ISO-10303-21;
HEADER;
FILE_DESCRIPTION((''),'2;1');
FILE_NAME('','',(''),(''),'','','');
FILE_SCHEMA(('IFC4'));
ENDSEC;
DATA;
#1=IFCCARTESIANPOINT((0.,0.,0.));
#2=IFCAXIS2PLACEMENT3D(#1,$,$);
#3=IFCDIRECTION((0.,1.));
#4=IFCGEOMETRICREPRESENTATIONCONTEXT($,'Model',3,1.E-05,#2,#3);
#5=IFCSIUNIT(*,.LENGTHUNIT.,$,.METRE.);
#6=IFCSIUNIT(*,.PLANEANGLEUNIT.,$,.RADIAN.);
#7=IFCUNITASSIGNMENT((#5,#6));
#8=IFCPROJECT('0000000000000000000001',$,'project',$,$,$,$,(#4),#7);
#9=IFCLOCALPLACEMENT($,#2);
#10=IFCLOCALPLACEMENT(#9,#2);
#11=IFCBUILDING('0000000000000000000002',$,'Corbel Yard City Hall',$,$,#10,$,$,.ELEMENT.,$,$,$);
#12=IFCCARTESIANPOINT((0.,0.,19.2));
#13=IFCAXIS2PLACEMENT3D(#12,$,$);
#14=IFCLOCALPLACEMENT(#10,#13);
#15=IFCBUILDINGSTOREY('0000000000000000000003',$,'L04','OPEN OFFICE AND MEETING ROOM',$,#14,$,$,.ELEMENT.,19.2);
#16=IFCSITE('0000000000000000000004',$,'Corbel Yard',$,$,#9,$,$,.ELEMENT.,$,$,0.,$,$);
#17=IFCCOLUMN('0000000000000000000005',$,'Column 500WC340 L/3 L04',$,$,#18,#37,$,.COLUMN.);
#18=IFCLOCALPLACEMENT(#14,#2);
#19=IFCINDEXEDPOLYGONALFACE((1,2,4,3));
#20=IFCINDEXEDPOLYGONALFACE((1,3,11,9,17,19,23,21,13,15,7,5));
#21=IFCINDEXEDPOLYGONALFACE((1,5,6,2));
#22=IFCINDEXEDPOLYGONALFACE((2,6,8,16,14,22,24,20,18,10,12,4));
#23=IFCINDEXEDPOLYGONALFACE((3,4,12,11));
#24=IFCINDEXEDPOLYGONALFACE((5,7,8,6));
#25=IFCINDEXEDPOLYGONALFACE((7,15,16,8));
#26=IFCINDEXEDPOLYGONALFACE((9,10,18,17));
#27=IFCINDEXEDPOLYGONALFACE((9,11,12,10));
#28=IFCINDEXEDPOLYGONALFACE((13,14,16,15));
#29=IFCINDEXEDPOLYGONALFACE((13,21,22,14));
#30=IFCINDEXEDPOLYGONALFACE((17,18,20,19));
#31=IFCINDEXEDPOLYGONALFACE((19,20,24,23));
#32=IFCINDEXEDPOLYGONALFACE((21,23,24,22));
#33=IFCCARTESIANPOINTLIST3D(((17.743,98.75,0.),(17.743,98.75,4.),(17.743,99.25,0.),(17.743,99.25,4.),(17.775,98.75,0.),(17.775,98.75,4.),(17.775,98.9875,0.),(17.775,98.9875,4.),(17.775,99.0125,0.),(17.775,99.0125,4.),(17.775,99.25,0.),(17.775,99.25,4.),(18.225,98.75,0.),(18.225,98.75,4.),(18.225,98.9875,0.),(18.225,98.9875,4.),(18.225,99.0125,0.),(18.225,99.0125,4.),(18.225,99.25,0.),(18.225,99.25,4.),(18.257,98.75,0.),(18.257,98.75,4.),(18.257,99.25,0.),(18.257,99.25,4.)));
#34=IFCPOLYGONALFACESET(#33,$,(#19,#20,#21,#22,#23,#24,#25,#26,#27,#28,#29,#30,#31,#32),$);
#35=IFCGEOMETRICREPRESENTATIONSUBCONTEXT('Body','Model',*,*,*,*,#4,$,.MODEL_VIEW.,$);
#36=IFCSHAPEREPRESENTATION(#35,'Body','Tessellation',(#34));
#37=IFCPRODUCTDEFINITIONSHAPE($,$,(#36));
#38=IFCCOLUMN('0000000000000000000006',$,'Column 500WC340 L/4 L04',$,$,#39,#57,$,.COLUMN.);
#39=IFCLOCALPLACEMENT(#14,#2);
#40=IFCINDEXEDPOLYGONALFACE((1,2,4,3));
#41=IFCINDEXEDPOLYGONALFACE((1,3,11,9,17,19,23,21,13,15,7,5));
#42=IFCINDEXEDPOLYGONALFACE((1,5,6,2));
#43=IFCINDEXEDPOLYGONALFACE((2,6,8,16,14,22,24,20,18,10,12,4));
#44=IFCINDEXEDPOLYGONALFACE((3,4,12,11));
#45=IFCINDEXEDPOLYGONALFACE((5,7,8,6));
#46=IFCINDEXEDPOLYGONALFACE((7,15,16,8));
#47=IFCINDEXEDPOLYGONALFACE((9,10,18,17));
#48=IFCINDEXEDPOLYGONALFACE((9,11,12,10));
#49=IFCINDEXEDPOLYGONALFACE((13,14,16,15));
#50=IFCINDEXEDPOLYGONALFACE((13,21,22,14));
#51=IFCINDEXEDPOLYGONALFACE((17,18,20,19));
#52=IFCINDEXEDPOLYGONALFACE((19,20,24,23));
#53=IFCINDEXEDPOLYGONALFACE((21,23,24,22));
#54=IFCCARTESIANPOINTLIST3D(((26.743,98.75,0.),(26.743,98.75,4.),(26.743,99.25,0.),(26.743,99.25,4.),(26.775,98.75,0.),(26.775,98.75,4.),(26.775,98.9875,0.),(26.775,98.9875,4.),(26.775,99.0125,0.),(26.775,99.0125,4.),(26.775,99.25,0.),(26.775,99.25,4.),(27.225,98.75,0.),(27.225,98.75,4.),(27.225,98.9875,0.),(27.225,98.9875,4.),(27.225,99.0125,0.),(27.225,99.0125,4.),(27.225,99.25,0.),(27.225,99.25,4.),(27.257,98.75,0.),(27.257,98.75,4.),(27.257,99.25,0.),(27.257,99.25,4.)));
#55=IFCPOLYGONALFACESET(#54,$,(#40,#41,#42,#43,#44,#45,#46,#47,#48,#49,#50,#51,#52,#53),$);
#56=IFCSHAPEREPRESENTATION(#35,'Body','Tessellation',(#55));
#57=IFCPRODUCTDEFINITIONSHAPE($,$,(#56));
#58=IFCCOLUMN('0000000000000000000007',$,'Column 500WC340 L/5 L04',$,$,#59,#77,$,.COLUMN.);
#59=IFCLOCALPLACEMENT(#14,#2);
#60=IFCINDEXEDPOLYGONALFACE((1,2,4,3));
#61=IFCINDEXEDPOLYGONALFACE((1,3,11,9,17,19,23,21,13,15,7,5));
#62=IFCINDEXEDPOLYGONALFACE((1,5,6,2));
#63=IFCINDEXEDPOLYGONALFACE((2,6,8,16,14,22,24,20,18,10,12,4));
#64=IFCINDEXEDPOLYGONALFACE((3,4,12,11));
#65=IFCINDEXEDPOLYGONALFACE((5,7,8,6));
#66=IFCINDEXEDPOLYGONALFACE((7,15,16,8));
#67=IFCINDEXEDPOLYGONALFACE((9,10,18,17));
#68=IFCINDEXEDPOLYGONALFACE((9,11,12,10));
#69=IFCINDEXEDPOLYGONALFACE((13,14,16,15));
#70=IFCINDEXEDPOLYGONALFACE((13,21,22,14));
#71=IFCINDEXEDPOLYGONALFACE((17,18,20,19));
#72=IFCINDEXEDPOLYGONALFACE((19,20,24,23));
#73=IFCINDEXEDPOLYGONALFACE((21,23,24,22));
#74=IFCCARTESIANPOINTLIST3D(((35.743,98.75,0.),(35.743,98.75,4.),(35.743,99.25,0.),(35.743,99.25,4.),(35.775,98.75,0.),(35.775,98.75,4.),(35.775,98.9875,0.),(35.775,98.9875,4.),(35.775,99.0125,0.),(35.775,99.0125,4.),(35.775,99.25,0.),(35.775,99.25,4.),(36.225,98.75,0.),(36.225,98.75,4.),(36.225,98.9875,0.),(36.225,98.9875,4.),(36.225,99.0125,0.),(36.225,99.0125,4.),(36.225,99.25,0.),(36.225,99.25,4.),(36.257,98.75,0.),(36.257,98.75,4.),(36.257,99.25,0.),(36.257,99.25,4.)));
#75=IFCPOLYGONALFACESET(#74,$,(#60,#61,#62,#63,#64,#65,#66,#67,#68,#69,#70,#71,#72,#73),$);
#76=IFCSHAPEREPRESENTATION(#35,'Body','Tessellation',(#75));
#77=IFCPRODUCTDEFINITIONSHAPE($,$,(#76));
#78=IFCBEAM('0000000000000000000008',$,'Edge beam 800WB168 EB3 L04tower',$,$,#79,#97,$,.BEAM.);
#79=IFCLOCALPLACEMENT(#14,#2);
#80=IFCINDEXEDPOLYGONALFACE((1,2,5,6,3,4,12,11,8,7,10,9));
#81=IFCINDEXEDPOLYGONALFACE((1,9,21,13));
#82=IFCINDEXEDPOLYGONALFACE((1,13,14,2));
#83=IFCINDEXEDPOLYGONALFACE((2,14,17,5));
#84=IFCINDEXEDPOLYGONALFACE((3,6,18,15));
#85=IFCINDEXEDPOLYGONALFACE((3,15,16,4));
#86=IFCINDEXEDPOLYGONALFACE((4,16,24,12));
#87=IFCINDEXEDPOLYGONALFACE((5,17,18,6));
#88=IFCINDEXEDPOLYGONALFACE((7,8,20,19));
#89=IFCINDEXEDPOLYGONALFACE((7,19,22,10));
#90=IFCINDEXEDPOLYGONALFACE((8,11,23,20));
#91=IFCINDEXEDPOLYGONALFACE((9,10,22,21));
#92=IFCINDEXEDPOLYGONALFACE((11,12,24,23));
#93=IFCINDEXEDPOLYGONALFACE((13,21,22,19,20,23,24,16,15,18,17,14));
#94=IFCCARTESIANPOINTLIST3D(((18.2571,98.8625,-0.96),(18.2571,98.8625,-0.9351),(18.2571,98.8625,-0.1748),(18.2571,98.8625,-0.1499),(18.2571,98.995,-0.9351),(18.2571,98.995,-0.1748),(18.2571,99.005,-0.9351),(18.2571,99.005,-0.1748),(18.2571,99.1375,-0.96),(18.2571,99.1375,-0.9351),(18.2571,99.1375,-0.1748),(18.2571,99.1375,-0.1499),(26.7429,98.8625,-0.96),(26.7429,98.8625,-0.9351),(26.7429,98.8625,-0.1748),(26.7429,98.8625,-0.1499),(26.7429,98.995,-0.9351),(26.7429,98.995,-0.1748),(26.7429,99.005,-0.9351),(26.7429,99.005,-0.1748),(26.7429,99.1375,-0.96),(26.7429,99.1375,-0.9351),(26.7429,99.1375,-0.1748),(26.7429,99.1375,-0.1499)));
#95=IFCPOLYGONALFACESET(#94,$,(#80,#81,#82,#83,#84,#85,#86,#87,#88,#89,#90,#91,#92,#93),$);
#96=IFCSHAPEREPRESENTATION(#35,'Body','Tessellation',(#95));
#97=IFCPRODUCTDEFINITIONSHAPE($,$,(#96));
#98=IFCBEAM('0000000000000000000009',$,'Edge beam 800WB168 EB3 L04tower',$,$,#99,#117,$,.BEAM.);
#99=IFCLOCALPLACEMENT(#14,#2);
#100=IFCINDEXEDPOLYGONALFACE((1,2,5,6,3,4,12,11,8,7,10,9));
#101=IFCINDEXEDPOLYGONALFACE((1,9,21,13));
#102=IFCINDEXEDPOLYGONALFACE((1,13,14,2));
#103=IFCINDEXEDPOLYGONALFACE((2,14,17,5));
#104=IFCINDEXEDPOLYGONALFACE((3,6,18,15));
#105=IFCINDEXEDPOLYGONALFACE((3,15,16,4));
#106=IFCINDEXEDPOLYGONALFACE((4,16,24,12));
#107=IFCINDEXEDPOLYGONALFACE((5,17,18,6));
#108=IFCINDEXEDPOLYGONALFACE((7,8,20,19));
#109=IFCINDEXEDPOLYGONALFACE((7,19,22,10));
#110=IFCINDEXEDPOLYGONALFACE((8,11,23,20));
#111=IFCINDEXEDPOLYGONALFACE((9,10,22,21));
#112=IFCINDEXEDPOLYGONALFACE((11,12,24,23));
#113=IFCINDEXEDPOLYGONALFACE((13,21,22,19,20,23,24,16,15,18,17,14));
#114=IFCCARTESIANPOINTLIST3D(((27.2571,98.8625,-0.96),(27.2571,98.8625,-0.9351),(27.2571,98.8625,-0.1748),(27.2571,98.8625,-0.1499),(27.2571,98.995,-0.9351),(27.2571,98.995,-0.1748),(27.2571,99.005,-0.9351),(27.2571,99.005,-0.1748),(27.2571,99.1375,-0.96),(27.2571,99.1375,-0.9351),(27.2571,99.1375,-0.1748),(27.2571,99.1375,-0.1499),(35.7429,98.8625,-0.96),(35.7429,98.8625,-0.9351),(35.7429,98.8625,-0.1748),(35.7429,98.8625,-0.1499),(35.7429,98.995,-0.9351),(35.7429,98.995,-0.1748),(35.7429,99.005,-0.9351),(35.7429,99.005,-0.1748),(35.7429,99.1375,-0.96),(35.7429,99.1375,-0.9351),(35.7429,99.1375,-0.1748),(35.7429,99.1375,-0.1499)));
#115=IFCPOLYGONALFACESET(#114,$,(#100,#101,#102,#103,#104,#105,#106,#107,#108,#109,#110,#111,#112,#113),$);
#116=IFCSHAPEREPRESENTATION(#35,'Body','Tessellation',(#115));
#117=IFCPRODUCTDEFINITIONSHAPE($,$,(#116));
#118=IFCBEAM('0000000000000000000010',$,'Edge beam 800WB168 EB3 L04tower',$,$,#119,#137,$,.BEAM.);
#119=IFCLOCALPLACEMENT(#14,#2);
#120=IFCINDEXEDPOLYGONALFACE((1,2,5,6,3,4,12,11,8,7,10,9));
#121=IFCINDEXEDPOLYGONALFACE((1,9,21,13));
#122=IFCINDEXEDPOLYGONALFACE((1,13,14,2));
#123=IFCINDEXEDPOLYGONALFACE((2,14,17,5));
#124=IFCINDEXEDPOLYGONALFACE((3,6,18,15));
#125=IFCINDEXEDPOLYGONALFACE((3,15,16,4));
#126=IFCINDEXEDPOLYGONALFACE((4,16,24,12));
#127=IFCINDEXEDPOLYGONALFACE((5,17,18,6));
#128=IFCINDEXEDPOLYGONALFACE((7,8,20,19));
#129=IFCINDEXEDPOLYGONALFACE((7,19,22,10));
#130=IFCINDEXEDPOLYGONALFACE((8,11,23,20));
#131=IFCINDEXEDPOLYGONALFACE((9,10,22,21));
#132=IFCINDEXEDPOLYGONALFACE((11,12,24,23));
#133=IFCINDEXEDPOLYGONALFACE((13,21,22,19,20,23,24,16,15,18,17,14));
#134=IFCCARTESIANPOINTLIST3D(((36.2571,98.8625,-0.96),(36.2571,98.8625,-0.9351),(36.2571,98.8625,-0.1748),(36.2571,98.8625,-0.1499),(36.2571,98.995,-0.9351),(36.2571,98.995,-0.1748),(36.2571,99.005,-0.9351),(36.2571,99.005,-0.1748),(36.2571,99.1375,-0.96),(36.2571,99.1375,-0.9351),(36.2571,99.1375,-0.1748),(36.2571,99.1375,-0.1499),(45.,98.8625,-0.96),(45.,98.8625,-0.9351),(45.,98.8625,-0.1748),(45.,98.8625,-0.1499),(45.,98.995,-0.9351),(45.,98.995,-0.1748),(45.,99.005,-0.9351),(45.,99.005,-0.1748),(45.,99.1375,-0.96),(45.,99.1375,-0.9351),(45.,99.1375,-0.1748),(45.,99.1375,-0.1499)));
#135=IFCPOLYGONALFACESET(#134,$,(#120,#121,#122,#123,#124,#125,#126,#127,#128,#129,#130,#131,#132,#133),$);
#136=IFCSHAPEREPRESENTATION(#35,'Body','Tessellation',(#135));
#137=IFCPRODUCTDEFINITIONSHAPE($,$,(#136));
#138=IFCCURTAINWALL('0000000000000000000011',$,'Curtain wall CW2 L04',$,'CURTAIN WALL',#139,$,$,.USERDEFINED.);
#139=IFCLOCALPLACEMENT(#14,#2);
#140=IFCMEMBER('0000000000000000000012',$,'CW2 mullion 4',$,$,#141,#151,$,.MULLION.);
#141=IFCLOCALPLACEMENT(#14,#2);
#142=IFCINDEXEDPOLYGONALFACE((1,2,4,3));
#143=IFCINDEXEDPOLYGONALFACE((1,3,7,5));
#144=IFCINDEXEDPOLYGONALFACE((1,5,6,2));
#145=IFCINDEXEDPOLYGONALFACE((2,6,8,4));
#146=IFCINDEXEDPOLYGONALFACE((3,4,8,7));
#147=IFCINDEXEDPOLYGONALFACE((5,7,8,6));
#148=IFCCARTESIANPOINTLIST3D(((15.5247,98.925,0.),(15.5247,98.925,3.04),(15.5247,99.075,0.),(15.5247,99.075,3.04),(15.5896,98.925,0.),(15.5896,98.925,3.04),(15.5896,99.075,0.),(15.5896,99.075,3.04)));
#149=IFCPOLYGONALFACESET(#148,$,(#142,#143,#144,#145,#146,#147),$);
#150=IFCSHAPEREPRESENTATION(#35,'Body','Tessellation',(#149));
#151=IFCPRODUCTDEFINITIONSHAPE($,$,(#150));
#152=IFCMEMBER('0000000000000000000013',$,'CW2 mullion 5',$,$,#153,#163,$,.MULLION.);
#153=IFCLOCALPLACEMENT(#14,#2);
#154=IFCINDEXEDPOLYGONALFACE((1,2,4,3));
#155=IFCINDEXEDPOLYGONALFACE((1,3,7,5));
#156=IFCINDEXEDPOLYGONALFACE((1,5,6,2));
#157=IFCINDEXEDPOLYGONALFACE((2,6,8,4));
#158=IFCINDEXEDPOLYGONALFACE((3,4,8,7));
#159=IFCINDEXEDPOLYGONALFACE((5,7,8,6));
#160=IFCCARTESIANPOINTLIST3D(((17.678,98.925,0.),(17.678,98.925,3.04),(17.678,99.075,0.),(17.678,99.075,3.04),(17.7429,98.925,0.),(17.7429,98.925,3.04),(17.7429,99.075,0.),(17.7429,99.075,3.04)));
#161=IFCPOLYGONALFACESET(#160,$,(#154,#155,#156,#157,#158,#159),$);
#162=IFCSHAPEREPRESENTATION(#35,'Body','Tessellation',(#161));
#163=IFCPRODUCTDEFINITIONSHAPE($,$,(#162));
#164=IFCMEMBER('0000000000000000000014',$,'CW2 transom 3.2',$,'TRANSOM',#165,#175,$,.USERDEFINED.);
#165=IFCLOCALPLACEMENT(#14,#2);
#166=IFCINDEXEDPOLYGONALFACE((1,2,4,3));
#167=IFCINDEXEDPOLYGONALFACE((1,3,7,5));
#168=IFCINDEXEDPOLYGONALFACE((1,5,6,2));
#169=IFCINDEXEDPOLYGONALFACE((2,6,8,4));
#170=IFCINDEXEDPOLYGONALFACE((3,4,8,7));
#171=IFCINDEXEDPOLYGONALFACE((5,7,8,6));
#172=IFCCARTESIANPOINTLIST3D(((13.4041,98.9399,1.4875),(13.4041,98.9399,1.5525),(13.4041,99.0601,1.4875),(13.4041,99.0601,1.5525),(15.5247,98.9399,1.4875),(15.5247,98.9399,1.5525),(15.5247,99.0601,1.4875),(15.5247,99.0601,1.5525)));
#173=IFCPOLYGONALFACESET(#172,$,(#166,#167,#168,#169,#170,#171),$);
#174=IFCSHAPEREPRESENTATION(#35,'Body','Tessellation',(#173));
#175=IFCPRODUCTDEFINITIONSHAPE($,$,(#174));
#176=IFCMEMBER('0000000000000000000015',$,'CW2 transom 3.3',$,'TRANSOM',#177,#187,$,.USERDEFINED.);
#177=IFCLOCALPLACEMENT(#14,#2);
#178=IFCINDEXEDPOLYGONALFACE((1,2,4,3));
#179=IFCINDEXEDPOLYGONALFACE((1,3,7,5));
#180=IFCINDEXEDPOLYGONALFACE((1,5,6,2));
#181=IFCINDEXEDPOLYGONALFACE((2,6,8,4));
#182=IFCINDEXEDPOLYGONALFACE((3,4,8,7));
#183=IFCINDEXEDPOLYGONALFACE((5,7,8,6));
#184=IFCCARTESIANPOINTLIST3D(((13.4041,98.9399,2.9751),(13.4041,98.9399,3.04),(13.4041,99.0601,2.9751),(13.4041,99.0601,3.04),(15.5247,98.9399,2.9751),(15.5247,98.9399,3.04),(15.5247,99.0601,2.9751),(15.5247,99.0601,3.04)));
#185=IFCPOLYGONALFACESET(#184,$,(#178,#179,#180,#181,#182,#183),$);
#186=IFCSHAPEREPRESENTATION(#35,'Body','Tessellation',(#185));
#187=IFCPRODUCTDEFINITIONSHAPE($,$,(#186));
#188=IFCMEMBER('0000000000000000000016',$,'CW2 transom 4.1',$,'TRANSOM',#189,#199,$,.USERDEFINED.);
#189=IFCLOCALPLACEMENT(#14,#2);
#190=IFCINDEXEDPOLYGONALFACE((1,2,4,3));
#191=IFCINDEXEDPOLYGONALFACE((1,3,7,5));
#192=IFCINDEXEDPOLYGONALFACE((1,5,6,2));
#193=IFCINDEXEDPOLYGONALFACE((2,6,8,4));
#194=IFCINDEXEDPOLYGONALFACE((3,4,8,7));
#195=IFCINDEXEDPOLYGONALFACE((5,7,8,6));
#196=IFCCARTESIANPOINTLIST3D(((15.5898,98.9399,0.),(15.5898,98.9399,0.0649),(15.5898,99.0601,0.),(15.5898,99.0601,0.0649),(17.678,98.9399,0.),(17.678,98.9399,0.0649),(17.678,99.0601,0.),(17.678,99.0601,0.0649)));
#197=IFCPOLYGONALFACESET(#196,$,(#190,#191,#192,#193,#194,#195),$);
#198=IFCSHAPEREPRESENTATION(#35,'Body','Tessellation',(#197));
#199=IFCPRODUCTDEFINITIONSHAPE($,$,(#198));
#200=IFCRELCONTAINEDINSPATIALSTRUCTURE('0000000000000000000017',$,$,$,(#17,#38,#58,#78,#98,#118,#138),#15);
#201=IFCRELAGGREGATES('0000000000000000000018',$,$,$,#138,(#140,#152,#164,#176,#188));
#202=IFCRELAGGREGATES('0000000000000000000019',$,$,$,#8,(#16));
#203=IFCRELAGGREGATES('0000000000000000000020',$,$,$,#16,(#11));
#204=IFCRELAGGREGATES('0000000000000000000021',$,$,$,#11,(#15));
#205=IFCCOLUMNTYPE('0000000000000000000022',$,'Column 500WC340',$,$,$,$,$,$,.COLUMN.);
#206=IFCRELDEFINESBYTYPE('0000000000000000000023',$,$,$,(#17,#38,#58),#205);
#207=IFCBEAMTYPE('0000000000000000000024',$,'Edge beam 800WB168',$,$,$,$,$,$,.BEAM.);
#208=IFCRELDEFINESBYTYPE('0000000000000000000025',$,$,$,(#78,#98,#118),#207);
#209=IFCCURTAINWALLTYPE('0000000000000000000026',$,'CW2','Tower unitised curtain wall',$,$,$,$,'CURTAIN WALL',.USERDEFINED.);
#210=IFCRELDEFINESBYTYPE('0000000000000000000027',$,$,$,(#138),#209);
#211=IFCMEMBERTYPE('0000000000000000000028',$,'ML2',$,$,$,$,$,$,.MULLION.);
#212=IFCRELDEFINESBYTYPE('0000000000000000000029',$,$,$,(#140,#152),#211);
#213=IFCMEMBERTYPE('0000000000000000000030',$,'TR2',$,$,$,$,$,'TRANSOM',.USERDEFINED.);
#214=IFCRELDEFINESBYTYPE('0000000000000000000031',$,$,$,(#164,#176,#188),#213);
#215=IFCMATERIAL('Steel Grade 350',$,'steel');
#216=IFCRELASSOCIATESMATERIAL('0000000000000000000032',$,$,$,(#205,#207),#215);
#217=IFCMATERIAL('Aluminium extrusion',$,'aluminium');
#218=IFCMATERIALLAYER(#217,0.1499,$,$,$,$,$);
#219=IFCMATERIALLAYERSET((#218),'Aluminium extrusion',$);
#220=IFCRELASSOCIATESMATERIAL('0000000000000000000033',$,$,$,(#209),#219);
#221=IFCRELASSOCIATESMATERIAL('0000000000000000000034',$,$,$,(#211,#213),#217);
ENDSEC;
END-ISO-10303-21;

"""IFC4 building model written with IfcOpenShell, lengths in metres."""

from ifc_helpers import new_model, si_unit, direction, frame, origin, origin_2d, place, context, subcontext, project, spatial, rectangle, i_section, extrude, material, layer, layer_set, material_profile, profile_set, type_object, element, aggregate, save


model = new_model("IFC4")

# Units and contexts
model_context = context("Model", 3, precision=1e-05, world=origin(), true_north=direction((0.0, 1.0)))
body_context = subcontext(model_context, "Body", "Model", "MODEL_VIEW")
ifc_project = project(units=[si_unit("LENGTHUNIT", "METRE"), si_unit("PLANEANGLEUNIT", "RADIAN")], contexts=[model_context])

# Site, building, storey
site_placement = place(None, origin())
site = spatial("IfcSite", under=ifc_project, at=site_placement, Name="Corbel Yard", CompositionType="ELEMENT", RefElevation=0.0)
building_placement = place(site_placement, origin())
building = spatial("IfcBuilding", under=site, at=building_placement, Name="Corbel Yard City Hall", CompositionType="ELEMENT")
storey_placement = place(building_placement, frame((0.0, 0.0, 19.2)))
storey = spatial("IfcBuildingStorey", under=building, at=storey_placement, Name="L04", Description="OPEN OFFICE AND MEETING ROOM", CompositionType="ELEMENT", Elevation=19.2)

# Columns
ifc_material_1 = material(Name="Steel Grade 350", Category="steel")
ifc_material_profile_1 = material_profile(ifc_material_1, i_section(OverallWidth=0.5, OverallDepth=0.5139, WebThickness=0.0249, FlangeThickness=0.032, at=origin_2d()), Name="500WC340")
ifc_profile_set_1 = profile_set([ifc_material_profile_1], Name="Steel Grade 350")
column_type = type_object("IfcColumnType", Name="Column 500WC340", PredefinedType="COLUMN", material=ifc_profile_set_1)
for number, where, z_axis, x_axis, name in (
    (1, (18.0, 99.0, 0.0), (0.0, 0.0, 1.0), (0.0, 1.0, 0.0), "Column 500WC340 L/3 L04"),
    (2, (27.0, 99.0, 0.0), (0.0, 0.0, 1.0), (0.0, 1.0, 0.0), "Column 500WC340 L/4 L04"),
    (3, (36.0, 99.0, 0.0), (0.0, 0.0, 1.0), (0.0, 1.0, 0.0), "Column 500WC340 L/5 L04"),
):
    element("IfcColumn", number, at=place(storey_placement, frame(where, z_axis=z_axis, x_axis=x_axis)), inside=storey, type_object=column_type, Name=name, PredefinedType="COLUMN", context=body_context, shape_type="SweptSolid", body=[
        extrude(i_section(OverallWidth=0.5, OverallDepth=0.5139, WebThickness=0.0249, FlangeThickness=0.032, at=origin_2d()), origin(), (0.0, 0.0, 1.0), 4.0),
    ])

# Beams
ifc_material_profile_2 = material_profile(ifc_material_1, i_section(OverallWidth=0.2749, OverallDepth=0.8101, WebThickness=0.01, FlangeThickness=0.0249, at=origin_2d()), Name="800WB168")
ifc_profile_set_2 = profile_set([ifc_material_profile_2], Name="Steel Grade 350")
beam_type = type_object("IfcBeamType", Name="Edge beam 800WB168", PredefinedType="BEAM", material=ifc_profile_set_2)
for number, where, z_axis, x_axis, name in (
    (4, (18.2571, 99.0, -0.5549), (1.0, 0.0, 0.0), (0.0, 1.0, 0.0), "Edge beam 800WB168 EB3 L04tower"),
    (5, (27.2571, 99.0, -0.5549), (1.0, 0.0, 0.0), (0.0, 1.0, 0.0), "Edge beam 800WB168 EB3 L04tower"),
):
    element("IfcBeam", number, at=place(storey_placement, frame(where, z_axis=z_axis, x_axis=x_axis)), inside=storey, type_object=beam_type, Name=name, PredefinedType="BEAM", context=body_context, shape_type="SweptSolid", body=[
        extrude(i_section(OverallWidth=0.2749, OverallDepth=0.8101, WebThickness=0.01, FlangeThickness=0.0249, at=origin_2d()), origin(), (0.0, 0.0, 1.0), 8.4858),
    ])
beam_placement = place(storey_placement, frame((36.2571, 99.0, -0.5549), z_axis=(1.0, 0.0, 0.0), x_axis=(0.0, 1.0, 0.0)))
element("IfcBeam", 6, at=beam_placement, inside=storey, type_object=beam_type, Name="Edge beam 800WB168 EB3 L04tower", PredefinedType="BEAM", context=body_context, shape_type="SweptSolid", body=[
    extrude(i_section(OverallWidth=0.2749, OverallDepth=0.8101, WebThickness=0.01, FlangeThickness=0.0249, at=origin_2d()), origin(), (0.0, 0.0, 1.0), 8.7429),
])

# Curtain wall, members
ifc_material_2 = material(Name="Aluminium extrusion", Category="aluminium")
ifc_layer_1 = layer(ifc_material_2, 0.1499)
ifc_layer_set_1 = layer_set([ifc_layer_1], Name="Aluminium extrusion")
curtain_wall_type = type_object("IfcCurtainWallType", Name="CW2", Description="Tower unitised curtain wall", ElementType="CURTAIN WALL", PredefinedType="USERDEFINED", material=ifc_layer_set_1)
curtain_wall_placement = place(storey_placement, origin())
curtain_wall = element("IfcCurtainWall", 7, at=curtain_wall_placement, inside=storey, type_object=curtain_wall_type, Name="Curtain wall CW2 L04", ObjectType="CURTAIN WALL", PredefinedType="USERDEFINED")
ifc_material_profile_3 = material_profile(ifc_material_2, rectangle(XDim=0.1499, YDim=0.0649, at=origin_2d()), Name="150x65")
ifc_profile_set_3 = profile_set([ifc_material_profile_3], Name="Aluminium extrusion")
member_type_1 = type_object("IfcMemberType", Name="ML2", PredefinedType="MULLION", material=ifc_profile_set_3)
member_1_placement = place(storey_placement, frame((15.5571, 99.0, 0.0), z_axis=(0.0, 0.0, 1.0), x_axis=(0.0, 1.0, 0.0)))
member_1 = element("IfcMember", 8, at=member_1_placement, type_object=member_type_1, Name="CW2 mullion 4", PredefinedType="MULLION", context=body_context, shape_type="SweptSolid", body=[
    extrude(rectangle(XDim=0.1499, YDim=0.0649, at=origin_2d()), origin(), (0.0, 0.0, 1.0), 3.04),
])
member_2_placement = place(storey_placement, frame((17.7104, 99.0, 0.0), z_axis=(0.0, 0.0, 1.0), x_axis=(0.0, 1.0, 0.0)))
member_2 = element("IfcMember", 9, at=member_2_placement, type_object=member_type_1, Name="CW2 mullion 5", PredefinedType="MULLION", context=body_context, shape_type="SweptSolid", body=[
    extrude(rectangle(XDim=0.1499, YDim=0.0649, at=origin_2d()), origin(), (0.0, 0.0, 1.0), 3.04),
])
ifc_material_profile_4 = material_profile(ifc_material_2, rectangle(XDim=0.1201, YDim=0.0649, at=origin_2d()), Name="120x65")
ifc_profile_set_4 = profile_set([ifc_material_profile_4], Name="Aluminium extrusion")
member_type_2 = type_object("IfcMemberType", Name="TR2", ElementType="TRANSOM", PredefinedType="USERDEFINED", material=ifc_profile_set_4)
member_3_placement = place(storey_placement, frame((13.4041, 99.0, 1.52), z_axis=(1.0, 0.0, 0.0), x_axis=(0.0, 1.0, 0.0)))
member_3 = element("IfcMember", 10, at=member_3_placement, type_object=member_type_2, Name="CW2 transom 3.2", ObjectType="TRANSOM", PredefinedType="USERDEFINED", context=body_context, shape_type="SweptSolid", body=[
    extrude(rectangle(XDim=0.1201, YDim=0.0649, at=origin_2d()), origin(), (0.0, 0.0, 1.0), 2.1206),
])
member_4_placement = place(storey_placement, frame((13.4041, 99.0, 3.0076), z_axis=(1.0, 0.0, 0.0), x_axis=(0.0, 1.0, 0.0)))
member_4 = element("IfcMember", 11, at=member_4_placement, type_object=member_type_2, Name="CW2 transom 3.3", ObjectType="TRANSOM", PredefinedType="USERDEFINED", context=body_context, shape_type="SweptSolid", body=[
    extrude(rectangle(XDim=0.1201, YDim=0.0649, at=origin_2d()), origin(), (0.0, 0.0, 1.0), 2.1206),
])
member_5_placement = place(storey_placement, frame((15.5898, 99.0, 0.0325), z_axis=(1.0, 0.0, 0.0), x_axis=(0.0, 1.0, 0.0)))
member_5 = element("IfcMember", 12, at=member_5_placement, type_object=member_type_2, Name="CW2 transom 4.1", ObjectType="TRANSOM", PredefinedType="USERDEFINED", context=body_context, shape_type="SweptSolid", body=[
    extrude(rectangle(XDim=0.1201, YDim=0.0649, at=origin_2d()), origin(), (0.0, 0.0, 1.0), 2.0881),
])
aggregate(curtain_wall, [member_1, member_2, member_3, member_4, member_5])

save(model, "model.ifc")
